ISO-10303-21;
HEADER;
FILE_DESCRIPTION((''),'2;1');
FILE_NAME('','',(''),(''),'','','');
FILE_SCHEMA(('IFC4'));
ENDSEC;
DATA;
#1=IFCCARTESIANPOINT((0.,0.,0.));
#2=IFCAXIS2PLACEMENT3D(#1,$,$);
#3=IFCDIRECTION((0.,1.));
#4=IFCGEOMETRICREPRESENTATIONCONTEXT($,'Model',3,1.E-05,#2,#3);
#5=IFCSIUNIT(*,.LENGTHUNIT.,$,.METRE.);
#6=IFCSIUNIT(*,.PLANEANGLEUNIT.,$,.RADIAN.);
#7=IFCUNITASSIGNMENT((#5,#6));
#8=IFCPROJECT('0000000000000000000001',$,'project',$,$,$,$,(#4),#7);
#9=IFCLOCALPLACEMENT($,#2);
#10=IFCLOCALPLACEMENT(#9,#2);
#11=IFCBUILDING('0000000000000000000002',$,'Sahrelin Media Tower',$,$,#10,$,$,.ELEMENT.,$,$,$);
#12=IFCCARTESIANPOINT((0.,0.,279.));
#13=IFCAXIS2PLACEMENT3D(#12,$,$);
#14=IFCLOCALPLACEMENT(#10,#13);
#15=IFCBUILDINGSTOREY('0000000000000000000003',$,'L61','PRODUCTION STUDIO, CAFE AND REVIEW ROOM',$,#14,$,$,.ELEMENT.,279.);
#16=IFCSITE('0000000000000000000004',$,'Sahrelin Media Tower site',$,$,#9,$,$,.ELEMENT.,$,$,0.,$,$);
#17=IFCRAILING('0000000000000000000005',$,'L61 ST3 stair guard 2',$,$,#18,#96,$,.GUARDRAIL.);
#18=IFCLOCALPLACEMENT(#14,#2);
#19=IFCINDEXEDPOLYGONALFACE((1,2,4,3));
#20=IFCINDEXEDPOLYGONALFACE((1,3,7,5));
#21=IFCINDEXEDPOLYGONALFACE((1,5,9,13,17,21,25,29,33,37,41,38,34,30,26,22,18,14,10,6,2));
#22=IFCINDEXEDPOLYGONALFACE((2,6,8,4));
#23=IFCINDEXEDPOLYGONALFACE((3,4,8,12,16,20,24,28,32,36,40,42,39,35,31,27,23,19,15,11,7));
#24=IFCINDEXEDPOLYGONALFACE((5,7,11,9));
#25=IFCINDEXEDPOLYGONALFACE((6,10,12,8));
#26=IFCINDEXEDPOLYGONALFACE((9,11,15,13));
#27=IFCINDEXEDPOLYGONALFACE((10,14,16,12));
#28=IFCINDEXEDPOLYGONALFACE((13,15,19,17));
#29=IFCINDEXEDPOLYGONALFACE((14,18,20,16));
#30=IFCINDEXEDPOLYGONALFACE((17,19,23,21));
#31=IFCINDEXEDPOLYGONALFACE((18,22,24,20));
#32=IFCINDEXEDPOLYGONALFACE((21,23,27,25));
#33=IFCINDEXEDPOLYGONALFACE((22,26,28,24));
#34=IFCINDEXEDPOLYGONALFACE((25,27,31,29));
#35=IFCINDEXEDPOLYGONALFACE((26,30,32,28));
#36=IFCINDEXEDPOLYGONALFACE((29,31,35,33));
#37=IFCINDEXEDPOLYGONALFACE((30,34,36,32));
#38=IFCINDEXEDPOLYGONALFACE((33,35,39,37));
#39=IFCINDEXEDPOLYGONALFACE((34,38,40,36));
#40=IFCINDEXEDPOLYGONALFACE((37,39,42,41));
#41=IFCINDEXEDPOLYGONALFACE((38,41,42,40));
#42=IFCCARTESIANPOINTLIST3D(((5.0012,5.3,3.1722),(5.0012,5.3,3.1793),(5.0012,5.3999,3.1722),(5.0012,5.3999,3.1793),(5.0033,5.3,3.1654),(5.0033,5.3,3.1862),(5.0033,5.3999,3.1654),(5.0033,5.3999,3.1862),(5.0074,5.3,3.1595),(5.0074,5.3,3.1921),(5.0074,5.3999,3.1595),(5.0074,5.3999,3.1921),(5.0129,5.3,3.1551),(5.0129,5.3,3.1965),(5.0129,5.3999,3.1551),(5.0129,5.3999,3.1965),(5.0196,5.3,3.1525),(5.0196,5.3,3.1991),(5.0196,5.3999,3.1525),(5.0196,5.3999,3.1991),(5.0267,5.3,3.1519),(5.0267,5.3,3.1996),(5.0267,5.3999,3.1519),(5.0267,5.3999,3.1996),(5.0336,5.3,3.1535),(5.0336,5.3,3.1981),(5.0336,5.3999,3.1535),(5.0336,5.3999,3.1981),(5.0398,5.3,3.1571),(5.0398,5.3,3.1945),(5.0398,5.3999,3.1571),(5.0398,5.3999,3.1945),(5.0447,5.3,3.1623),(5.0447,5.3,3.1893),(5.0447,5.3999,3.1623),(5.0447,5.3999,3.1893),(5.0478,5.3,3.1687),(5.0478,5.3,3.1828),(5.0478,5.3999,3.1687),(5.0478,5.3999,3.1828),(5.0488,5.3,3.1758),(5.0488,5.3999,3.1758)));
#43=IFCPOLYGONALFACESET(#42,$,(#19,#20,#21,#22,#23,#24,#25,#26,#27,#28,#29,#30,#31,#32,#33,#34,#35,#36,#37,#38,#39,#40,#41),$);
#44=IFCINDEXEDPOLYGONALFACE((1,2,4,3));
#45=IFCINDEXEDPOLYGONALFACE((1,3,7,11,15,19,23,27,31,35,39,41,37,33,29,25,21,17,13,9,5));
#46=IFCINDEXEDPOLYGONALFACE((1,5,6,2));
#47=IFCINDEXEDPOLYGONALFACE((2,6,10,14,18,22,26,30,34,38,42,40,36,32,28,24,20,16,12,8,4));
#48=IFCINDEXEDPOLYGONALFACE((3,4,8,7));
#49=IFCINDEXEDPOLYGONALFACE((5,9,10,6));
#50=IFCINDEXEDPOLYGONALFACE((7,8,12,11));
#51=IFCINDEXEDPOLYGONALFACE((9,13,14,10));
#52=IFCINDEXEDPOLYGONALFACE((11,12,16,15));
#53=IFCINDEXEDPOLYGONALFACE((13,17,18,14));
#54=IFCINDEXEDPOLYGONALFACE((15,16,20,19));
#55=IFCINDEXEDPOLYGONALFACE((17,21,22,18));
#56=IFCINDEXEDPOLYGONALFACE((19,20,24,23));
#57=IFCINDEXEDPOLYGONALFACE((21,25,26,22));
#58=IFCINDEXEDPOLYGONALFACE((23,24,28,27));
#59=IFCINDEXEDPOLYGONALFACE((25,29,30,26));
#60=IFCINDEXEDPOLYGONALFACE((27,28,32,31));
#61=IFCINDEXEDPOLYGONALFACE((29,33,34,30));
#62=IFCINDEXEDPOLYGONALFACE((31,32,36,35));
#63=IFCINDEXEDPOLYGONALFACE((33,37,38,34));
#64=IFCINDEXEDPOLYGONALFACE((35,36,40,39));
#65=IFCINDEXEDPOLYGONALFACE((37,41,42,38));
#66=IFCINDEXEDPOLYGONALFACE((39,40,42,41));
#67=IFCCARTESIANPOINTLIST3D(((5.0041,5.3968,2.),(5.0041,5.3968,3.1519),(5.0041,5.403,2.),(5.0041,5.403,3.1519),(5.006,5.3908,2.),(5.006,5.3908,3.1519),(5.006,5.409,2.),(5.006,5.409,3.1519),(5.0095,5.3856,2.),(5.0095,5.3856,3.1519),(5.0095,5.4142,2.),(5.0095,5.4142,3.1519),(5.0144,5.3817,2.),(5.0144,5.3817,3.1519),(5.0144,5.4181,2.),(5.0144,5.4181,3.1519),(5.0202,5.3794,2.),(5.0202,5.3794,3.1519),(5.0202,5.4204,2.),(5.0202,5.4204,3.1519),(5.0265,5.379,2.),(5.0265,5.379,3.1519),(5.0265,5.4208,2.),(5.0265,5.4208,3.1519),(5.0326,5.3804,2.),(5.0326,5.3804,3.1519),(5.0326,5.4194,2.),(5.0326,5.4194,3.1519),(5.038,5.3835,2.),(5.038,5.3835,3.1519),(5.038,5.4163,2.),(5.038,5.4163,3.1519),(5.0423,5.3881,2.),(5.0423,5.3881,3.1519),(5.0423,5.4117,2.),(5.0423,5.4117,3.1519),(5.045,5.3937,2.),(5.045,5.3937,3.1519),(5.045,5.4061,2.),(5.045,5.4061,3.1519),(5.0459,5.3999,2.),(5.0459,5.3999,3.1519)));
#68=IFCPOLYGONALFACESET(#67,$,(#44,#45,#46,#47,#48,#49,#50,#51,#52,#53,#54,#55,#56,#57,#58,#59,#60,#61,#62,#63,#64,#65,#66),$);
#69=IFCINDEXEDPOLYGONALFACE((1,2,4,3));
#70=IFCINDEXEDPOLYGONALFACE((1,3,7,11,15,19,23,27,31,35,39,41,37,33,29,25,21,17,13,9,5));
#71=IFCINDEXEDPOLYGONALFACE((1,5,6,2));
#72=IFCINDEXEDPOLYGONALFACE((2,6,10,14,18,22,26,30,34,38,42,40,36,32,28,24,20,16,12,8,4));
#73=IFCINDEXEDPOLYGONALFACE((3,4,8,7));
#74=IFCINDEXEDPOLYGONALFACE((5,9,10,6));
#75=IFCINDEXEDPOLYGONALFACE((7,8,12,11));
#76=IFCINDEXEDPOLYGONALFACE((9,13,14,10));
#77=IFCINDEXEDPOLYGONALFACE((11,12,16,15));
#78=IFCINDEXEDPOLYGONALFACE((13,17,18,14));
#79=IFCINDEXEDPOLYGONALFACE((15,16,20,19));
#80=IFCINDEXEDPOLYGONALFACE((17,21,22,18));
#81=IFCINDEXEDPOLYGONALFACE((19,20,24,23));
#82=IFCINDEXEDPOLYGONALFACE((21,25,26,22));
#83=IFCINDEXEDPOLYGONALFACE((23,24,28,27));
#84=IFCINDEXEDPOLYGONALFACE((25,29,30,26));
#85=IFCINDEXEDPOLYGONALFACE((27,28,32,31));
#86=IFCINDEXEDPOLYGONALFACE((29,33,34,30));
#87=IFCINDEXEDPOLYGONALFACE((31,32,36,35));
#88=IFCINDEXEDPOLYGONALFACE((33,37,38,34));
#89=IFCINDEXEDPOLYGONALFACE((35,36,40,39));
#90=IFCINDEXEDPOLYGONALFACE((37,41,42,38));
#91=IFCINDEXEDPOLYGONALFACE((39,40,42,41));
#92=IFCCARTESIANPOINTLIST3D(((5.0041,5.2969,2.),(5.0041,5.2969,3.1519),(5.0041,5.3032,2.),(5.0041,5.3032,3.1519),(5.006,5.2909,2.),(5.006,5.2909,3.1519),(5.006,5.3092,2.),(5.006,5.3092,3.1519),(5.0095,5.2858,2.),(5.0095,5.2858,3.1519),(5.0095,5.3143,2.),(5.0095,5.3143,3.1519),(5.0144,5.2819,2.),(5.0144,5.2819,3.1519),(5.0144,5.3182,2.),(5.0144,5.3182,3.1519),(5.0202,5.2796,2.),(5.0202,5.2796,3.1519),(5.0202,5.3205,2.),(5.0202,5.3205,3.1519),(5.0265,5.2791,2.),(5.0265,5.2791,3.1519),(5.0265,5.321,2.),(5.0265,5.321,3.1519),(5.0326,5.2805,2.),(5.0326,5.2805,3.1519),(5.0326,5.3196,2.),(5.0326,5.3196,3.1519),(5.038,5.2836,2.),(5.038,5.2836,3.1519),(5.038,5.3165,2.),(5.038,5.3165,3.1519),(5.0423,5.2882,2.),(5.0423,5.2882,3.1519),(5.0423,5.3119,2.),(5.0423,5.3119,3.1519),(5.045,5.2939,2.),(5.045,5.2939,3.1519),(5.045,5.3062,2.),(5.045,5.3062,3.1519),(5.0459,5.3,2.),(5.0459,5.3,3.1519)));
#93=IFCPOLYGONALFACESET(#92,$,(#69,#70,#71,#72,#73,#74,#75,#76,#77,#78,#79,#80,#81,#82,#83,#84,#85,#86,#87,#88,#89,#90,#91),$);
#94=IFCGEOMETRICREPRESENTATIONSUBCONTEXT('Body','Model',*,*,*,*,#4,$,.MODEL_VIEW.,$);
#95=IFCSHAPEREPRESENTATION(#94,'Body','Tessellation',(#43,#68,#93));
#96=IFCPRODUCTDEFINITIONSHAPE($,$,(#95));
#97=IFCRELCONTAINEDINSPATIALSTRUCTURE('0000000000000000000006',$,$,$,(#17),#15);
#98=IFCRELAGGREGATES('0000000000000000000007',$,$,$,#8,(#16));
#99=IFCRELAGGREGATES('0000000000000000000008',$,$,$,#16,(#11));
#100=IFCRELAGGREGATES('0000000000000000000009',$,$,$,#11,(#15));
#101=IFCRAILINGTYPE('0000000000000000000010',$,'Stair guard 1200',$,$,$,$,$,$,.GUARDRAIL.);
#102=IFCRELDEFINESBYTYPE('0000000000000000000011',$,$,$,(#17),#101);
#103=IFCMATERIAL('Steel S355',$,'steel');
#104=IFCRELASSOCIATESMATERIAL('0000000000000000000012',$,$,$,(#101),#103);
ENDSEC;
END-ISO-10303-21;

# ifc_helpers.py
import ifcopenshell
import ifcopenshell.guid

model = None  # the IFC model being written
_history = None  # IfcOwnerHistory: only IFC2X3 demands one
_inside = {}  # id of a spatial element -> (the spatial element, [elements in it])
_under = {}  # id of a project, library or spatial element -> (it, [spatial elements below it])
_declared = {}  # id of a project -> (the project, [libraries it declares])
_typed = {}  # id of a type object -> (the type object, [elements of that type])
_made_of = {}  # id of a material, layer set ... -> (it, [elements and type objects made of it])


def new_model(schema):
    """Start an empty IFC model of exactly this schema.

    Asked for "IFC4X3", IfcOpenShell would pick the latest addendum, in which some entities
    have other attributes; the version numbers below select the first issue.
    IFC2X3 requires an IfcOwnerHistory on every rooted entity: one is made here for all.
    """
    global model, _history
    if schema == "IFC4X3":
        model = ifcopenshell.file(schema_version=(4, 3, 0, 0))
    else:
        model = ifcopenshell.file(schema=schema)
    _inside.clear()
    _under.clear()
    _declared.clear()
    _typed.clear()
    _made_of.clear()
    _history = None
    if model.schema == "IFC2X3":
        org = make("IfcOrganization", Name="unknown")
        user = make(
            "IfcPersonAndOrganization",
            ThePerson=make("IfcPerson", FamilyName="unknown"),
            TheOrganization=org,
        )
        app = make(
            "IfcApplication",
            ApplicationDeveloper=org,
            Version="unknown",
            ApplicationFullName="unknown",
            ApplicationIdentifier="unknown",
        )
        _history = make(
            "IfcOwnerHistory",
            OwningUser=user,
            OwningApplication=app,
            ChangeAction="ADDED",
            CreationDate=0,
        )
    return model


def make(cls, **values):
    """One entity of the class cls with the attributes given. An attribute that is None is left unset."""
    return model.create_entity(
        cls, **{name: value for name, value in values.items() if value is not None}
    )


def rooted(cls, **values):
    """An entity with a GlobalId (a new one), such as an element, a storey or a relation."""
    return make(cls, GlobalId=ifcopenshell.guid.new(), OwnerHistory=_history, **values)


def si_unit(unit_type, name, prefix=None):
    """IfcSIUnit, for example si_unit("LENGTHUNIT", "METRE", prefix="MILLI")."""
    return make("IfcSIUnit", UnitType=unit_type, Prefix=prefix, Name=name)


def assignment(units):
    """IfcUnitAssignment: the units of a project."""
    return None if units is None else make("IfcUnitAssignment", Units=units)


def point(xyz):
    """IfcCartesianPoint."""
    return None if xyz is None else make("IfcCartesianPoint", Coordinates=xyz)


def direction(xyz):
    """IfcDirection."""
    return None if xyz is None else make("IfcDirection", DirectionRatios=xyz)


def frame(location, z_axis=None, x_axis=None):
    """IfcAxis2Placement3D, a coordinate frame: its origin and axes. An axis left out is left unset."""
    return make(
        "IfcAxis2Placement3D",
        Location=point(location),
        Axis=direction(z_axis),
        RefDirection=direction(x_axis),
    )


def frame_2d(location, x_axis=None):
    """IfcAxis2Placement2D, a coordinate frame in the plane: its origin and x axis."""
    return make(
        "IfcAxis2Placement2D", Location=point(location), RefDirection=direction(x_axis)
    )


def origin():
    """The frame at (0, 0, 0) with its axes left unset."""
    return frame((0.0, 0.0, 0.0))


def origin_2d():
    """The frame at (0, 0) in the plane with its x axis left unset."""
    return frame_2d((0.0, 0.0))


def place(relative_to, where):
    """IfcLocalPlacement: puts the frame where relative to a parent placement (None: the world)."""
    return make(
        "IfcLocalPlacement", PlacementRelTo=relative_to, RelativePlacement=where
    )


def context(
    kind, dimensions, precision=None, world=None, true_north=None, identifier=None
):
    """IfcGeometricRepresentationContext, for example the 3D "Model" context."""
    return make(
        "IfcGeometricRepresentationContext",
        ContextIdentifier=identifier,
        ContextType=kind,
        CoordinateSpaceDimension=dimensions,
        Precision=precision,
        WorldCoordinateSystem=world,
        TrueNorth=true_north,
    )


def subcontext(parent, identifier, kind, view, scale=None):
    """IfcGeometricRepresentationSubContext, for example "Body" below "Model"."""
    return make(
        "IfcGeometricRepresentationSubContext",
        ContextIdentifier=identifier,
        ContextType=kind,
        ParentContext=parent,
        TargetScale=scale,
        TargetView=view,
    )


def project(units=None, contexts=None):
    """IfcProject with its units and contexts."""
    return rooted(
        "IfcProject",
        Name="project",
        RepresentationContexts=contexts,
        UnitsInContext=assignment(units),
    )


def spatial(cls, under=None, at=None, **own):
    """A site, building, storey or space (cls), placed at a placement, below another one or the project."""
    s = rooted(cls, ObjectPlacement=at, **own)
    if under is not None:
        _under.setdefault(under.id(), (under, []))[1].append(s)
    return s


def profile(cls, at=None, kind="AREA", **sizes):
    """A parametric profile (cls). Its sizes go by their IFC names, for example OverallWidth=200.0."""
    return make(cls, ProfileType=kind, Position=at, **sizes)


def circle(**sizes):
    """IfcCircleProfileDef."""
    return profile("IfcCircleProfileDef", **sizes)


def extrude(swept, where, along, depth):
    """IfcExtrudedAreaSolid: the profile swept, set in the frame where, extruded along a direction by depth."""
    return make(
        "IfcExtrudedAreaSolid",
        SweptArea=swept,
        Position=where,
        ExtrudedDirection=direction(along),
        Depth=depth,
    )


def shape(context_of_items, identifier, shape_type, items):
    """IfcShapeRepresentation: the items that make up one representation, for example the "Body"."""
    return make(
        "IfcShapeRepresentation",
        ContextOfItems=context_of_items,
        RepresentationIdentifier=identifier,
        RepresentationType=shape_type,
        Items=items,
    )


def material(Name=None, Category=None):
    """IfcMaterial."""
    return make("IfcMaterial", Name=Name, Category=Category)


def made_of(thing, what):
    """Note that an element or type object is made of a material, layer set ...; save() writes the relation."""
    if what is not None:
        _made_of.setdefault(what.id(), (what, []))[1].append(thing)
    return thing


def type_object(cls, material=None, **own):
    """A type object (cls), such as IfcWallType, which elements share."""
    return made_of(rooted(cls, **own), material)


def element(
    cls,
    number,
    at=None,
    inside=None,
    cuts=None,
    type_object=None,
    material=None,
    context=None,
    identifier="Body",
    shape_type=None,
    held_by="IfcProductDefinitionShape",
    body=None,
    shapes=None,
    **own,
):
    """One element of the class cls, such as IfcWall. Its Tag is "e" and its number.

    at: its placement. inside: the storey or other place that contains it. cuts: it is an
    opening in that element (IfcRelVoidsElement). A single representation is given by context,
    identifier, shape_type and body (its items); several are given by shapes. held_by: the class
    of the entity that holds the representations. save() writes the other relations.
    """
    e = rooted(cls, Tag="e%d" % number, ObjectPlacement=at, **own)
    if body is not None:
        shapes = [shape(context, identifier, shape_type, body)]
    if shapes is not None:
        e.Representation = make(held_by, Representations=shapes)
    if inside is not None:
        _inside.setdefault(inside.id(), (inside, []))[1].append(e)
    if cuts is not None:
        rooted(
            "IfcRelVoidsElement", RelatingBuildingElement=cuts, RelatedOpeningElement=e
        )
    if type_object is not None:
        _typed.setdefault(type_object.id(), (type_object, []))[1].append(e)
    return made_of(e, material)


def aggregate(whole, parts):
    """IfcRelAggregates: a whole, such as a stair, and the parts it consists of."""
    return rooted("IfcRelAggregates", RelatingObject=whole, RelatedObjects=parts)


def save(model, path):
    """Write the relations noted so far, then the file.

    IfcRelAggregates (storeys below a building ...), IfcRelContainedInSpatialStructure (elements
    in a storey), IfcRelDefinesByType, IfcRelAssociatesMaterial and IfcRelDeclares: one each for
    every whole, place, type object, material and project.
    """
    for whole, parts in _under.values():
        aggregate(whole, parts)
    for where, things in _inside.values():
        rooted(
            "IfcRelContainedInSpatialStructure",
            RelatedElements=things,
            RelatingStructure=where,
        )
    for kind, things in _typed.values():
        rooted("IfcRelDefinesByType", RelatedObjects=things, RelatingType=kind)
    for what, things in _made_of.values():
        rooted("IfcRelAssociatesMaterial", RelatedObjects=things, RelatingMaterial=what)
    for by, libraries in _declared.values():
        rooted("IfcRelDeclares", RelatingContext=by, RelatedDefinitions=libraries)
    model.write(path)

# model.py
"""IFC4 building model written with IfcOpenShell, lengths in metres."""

from ifc_helpers import new_model, si_unit, direction, frame, origin, origin_2d, place, context, subcontext, project, spatial, circle, extrude, material, type_object, element, save


model = new_model("IFC4")

# Units and contexts
model_context = context("Model", 3, precision=1e-05, world=origin(), true_north=direction((0.0, 1.0)))
body_context = subcontext(model_context, "Body", "Model", "MODEL_VIEW")
ifc_project = project(units=[si_unit("LENGTHUNIT", "METRE"), si_unit("PLANEANGLEUNIT", "RADIAN")], contexts=[model_context])

# Site, building, storey
site_placement = place(None, origin())
site = spatial("IfcSite", under=ifc_project, at=site_placement, Name="Sahrelin Media Tower site", CompositionType="ELEMENT", RefElevation=0.0)
building_placement = place(site_placement, origin())
building = spatial("IfcBuilding", under=site, at=building_placement, Name="Sahrelin Media Tower", CompositionType="ELEMENT")
storey_placement = place(building_placement, frame((0.0, 0.0, 279.0)))
storey = spatial("IfcBuildingStorey", under=building, at=storey_placement, Name="L61", Description="PRODUCTION STUDIO, CAFE AND REVIEW ROOM", CompositionType="ELEMENT", Elevation=279.0)

# Shared definitions
ifc_material_1 = material(Name="Steel S355", Category="steel")

# Railing
railing_type_1 = type_object("IfcRailingType", Name="Stair guard 1200", PredefinedType="GUARDRAIL", material=ifc_material_1)
railing_1_placement = place(storey_placement, frame((5.0249, 5.3999, 2.0)))
element("IfcRailing", 1, at=railing_1_placement, inside=storey, type_object=railing_type_1, Name="L61 ST3 stair guard 2", PredefinedType="GUARDRAIL", context=body_context, shape_type="SweptSolid", body=[
    extrude(circle(Radius=0.0239, at=origin_2d()), frame((0.0, 0.0, 1.1758), z_axis=(0.0, -1.0, 0.0), x_axis=(1.0, 0.0, 0.0)), (0.0, 0.0, 1.0), 0.0999),
    extrude(circle(Radius=0.021, at=origin_2d()), origin(), (0.0, 0.0, 1.0), 1.1519),
    extrude(circle(Radius=0.021, at=origin_2d()), frame((0.0, -0.0999, 0.0)), (0.0, 0.0, 1.0), 1.1519),
])

save(model, "model.ifc")
